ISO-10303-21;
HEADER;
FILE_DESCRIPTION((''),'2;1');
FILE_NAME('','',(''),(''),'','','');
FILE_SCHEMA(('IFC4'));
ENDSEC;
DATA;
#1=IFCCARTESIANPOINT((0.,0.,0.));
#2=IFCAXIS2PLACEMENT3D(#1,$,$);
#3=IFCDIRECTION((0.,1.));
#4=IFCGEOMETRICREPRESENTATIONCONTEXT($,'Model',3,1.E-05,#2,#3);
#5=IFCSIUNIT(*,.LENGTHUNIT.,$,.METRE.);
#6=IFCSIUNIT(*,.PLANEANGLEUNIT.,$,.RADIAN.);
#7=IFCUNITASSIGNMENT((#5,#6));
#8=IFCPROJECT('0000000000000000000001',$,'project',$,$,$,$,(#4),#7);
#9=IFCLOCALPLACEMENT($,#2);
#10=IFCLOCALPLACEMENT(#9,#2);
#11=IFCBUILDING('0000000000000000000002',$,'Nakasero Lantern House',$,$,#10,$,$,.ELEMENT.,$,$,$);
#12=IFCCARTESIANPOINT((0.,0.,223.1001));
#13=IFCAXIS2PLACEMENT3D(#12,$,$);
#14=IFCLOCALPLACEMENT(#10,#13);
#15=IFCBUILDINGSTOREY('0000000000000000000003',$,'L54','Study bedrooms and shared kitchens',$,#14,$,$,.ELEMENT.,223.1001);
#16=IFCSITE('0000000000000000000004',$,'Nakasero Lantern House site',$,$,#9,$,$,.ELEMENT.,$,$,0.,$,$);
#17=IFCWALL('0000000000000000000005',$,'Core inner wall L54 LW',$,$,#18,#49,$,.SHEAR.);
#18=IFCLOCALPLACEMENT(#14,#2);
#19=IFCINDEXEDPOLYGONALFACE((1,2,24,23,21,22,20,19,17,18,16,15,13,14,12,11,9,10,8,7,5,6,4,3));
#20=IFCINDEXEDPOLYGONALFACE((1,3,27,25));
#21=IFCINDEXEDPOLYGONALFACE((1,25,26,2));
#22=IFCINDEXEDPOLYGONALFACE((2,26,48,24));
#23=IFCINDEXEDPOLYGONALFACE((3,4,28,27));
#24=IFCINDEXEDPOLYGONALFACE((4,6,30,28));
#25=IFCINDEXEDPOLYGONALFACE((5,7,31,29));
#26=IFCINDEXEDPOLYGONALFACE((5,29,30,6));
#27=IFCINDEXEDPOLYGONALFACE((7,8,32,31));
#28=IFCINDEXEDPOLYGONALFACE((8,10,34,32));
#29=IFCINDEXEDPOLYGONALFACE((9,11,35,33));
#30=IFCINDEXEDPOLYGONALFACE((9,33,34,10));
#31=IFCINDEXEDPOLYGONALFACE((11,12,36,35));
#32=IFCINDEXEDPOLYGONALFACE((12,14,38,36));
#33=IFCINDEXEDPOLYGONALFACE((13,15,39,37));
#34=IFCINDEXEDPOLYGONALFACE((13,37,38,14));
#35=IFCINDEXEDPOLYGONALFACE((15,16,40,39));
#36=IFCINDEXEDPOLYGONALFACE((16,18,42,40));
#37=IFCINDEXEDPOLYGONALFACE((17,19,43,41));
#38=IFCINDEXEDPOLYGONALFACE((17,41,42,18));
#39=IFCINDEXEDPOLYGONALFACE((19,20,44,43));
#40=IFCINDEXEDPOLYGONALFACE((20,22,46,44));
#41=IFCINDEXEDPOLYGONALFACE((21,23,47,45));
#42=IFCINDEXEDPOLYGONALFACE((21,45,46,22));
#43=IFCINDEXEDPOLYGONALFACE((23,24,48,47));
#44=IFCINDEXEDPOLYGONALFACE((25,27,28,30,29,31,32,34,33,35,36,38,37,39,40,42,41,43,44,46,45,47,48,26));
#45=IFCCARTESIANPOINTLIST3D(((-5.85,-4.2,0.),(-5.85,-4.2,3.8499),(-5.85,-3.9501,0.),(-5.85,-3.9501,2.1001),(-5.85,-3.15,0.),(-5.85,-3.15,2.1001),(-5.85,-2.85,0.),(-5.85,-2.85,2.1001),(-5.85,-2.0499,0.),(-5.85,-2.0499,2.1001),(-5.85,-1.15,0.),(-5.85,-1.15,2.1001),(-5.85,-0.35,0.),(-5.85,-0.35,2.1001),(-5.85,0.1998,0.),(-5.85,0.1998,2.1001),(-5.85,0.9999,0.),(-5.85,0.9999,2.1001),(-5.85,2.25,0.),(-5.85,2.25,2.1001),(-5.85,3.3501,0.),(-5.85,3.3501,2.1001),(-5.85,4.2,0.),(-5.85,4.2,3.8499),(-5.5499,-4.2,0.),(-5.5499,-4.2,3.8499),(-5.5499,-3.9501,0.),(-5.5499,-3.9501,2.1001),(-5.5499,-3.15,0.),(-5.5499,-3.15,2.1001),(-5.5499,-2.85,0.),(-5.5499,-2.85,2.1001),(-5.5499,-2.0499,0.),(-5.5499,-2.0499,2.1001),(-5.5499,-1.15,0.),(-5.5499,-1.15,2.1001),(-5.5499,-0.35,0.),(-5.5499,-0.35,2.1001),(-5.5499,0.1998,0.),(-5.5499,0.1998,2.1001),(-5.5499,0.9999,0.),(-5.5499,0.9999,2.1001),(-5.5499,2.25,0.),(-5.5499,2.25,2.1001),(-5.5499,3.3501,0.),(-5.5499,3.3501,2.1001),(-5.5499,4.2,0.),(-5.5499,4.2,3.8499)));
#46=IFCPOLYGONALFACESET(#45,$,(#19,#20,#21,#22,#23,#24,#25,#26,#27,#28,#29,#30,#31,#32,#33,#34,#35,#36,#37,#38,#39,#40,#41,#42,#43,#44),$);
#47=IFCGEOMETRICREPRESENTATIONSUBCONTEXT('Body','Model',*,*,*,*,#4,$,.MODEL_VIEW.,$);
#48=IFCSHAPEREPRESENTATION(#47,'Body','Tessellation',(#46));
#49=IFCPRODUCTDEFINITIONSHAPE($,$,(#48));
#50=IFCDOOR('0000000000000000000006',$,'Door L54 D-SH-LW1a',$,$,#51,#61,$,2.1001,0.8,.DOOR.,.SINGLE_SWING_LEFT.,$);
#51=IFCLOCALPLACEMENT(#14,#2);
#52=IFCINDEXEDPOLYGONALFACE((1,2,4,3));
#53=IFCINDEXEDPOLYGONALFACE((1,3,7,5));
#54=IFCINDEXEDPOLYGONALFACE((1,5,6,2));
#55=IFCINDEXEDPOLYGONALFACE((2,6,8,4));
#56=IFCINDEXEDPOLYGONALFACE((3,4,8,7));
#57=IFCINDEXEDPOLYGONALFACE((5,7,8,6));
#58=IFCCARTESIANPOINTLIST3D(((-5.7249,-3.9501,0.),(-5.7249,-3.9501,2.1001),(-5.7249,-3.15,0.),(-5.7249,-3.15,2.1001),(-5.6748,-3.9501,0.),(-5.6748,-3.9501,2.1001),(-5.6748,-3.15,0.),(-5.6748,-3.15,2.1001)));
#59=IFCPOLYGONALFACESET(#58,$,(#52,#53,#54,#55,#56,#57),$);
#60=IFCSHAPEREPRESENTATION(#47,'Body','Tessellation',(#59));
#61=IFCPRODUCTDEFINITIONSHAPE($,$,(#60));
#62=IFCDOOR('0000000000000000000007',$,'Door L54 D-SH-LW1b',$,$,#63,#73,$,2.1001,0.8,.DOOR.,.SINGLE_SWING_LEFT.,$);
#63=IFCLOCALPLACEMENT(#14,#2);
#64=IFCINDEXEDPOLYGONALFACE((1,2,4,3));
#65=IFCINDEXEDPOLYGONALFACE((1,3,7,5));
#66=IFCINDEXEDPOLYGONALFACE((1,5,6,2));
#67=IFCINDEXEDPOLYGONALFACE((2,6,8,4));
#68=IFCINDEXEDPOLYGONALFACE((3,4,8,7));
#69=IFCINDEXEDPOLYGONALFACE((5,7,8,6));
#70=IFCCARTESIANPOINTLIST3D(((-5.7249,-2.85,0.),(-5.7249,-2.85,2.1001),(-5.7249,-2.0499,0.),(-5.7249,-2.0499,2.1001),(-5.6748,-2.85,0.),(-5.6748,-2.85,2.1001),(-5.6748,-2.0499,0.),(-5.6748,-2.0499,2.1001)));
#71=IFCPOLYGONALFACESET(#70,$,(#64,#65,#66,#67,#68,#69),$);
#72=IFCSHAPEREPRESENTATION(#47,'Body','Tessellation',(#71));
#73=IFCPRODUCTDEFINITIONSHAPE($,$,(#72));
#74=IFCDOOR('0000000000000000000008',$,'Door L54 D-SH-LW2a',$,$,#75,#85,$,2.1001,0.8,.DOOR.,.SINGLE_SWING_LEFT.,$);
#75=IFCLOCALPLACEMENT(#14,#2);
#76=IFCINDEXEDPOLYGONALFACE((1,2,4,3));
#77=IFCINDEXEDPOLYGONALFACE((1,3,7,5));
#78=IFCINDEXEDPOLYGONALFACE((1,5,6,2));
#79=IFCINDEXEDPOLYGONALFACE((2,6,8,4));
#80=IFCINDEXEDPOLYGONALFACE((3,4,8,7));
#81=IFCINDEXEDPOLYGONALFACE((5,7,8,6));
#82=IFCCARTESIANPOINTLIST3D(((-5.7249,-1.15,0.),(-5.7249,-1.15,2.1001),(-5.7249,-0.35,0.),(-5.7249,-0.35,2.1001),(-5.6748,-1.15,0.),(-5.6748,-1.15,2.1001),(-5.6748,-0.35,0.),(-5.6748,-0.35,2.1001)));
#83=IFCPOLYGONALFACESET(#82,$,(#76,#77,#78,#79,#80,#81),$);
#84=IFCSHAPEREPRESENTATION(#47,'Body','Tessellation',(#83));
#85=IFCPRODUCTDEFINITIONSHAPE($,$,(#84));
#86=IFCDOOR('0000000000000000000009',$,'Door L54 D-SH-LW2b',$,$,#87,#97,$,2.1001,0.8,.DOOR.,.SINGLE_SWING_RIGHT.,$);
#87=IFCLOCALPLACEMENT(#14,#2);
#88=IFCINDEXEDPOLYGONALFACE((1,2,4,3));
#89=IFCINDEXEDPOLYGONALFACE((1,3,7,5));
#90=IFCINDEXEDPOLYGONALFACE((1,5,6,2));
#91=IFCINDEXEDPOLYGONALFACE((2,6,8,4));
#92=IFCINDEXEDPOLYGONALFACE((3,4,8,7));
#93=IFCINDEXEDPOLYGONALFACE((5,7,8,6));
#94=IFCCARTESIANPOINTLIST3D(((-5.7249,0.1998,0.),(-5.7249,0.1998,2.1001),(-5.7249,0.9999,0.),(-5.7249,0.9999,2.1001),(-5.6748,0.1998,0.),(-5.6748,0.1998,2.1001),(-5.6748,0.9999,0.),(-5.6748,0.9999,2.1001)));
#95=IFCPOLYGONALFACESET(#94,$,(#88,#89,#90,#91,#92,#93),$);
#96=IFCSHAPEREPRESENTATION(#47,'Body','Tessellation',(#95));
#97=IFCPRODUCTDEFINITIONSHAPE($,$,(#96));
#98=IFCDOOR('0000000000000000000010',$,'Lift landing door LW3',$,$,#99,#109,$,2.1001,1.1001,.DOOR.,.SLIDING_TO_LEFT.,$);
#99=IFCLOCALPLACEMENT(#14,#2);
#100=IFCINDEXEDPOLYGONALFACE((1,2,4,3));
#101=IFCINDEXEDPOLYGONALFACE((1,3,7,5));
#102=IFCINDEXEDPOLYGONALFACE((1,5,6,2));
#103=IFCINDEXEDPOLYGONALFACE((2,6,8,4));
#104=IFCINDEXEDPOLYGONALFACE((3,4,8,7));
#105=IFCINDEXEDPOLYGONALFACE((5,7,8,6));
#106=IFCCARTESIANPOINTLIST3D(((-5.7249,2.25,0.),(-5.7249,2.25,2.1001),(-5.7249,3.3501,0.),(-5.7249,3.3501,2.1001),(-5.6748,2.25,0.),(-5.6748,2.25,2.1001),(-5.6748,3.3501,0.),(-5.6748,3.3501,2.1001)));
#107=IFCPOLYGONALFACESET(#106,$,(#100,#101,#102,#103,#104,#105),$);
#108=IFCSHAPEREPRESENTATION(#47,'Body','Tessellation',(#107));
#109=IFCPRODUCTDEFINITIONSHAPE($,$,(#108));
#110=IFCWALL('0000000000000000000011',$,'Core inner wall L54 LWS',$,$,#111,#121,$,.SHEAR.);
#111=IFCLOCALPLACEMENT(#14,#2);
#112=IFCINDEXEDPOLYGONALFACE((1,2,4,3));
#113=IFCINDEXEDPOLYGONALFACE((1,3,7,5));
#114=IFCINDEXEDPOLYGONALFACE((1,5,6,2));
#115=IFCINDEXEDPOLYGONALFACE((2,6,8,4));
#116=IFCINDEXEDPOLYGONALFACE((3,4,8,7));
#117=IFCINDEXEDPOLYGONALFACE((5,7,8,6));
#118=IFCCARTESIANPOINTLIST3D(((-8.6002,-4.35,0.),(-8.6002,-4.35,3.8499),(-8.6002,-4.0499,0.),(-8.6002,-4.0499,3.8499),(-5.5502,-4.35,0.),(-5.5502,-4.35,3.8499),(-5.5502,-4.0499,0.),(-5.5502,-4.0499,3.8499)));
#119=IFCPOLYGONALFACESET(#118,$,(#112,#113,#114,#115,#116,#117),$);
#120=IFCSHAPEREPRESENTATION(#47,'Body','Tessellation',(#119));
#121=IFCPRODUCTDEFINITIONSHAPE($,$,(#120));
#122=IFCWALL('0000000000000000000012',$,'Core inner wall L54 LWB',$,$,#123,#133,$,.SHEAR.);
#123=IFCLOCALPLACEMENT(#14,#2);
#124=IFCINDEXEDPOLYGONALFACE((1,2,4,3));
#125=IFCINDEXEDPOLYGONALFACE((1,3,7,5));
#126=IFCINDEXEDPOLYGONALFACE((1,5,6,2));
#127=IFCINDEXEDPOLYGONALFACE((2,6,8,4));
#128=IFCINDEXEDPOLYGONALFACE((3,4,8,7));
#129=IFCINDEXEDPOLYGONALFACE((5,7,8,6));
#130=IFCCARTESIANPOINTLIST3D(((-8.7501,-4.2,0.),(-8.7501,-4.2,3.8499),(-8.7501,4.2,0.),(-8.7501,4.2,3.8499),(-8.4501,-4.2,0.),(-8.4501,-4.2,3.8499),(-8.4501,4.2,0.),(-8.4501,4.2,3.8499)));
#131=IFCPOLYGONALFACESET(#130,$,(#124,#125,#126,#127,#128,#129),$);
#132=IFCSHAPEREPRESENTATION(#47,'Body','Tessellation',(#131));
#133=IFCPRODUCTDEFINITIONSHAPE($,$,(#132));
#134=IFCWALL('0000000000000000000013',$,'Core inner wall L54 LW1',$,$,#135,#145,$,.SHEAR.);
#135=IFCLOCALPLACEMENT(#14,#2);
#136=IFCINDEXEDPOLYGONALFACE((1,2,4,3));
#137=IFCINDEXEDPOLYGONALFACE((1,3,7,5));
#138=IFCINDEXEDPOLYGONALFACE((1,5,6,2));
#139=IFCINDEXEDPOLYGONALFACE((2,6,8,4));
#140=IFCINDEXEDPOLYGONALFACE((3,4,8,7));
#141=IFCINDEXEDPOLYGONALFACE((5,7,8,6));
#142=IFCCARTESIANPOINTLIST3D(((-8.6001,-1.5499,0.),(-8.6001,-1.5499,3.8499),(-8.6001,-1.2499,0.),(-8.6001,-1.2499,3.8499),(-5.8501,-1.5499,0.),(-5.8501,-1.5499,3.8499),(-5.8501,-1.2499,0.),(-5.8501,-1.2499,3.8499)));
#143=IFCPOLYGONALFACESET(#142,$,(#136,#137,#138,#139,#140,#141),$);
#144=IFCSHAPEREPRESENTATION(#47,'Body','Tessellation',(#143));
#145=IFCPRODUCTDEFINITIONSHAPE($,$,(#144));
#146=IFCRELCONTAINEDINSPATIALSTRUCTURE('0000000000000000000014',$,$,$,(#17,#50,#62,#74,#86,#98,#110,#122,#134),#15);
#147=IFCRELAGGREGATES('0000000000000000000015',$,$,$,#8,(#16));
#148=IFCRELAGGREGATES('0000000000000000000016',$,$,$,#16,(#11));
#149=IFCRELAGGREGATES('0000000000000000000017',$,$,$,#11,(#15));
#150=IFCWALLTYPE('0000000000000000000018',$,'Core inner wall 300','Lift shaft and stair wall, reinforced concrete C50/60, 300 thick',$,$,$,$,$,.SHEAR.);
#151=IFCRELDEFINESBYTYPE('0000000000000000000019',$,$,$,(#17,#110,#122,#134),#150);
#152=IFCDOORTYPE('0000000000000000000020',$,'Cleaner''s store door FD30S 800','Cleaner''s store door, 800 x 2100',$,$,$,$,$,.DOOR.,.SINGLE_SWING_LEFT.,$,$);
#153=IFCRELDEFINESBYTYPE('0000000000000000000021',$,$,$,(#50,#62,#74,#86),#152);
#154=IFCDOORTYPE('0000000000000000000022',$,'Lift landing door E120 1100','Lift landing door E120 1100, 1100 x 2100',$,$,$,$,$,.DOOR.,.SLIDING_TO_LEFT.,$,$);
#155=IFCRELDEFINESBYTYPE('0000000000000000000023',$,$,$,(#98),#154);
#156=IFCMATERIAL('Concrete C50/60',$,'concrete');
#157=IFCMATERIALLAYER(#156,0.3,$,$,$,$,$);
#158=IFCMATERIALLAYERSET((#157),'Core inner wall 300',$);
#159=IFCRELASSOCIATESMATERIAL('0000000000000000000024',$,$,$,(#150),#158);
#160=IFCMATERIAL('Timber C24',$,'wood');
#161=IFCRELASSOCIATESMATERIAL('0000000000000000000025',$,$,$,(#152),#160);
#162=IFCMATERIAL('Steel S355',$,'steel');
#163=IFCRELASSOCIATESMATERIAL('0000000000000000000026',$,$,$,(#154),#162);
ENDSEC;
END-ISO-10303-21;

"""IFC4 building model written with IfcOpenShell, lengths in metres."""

from ifc_helpers import new_model, si_unit, direction, frame, frame_2d, origin, place, context, subcontext, project, spatial, rectangle, extrude, material, layer, layer_set, type_object, element, fill, save


model = new_model("IFC4")

# Units and contexts
model_context = context("Model", 3, precision=1e-05, world=origin(), true_north=direction((0.0, 1.0)))
body_context = subcontext(model_context, "Body", "Model", "MODEL_VIEW")
ifc_project = project(units=[si_unit("LENGTHUNIT", "METRE"), si_unit("PLANEANGLEUNIT", "RADIAN")], contexts=[model_context])

# Site, building, storey
site_placement = place(None, origin())
site = spatial("IfcSite", under=ifc_project, at=site_placement, Name="Nakasero Lantern House site", CompositionType="ELEMENT", RefElevation=0.0)
building_placement = place(site_placement, origin())
building = spatial("IfcBuilding", under=site, at=building_placement, Name="Nakasero Lantern House", CompositionType="ELEMENT")
storey_placement = place(building_placement, frame((0.0, 0.0, 223.1001)))
storey = spatial("IfcBuildingStorey", under=building, at=storey_placement, Name="L54", Description="Study bedrooms and shared kitchens", CompositionType="ELEMENT", Elevation=223.1001)

# Wall, openings, doors
ifc_material_1 = material(Name="Concrete C50/60", Category="concrete")
ifc_layer_1 = layer(ifc_material_1, 0.3)
ifc_layer_set_1 = layer_set([ifc_layer_1], Name="Core inner wall 300")
wall_type_1 = type_object("IfcWallType", Name="Core inner wall 300", Description="Lift shaft and stair wall, reinforced concrete C50/60, 300 thick", PredefinedType="SHEAR", material=ifc_layer_set_1)
wall_1_placement = place(storey_placement, frame((-5.7, -4.2, 0.0), z_axis=(0.0, 0.0, 1.0), x_axis=(0.0, 1.0, 0.0)))
wall_1 = element("IfcWall", 1, at=wall_1_placement, inside=storey, type_object=wall_type_1, Name="Core inner wall L54 LW", PredefinedType="SHEAR", context=body_context, shape_type="SweptSolid", body=[
    extrude(rectangle(XDim=8.3999, YDim=0.3, at=frame_2d((4.2, 0.0))), origin(), (0.0, 0.0, 1.0), 3.8499),
])
opening_1_placement = place(wall_1_placement, frame((0.25, 0.0, 0.0)))
opening_1 = element("IfcOpeningElement", 2, at=opening_1_placement, cuts=wall_1, PredefinedType="OPENING", context=body_context, shape_type="SweptSolid", body=[
    extrude(rectangle(XDim=0.8, YDim=2.1001, at=frame_2d((0.3999, 1.05))), frame((0.0, 0.1699, 0.0), z_axis=(0.0, -1.0, 0.0), x_axis=(1.0, 0.0, 0.0)), (0.0, 0.0, 1.0), 0.3401),
])
opening_2_placement = place(wall_1_placement, frame((1.3501, 0.0, 0.0)))
opening_2 = element("IfcOpeningElement", 3, at=opening_2_placement, cuts=wall_1, PredefinedType="OPENING", context=body_context, shape_type="SweptSolid", body=[
    extrude(rectangle(XDim=0.8, YDim=2.1001, at=frame_2d((0.3999, 1.05))), frame((0.0, 0.1699, 0.0), z_axis=(0.0, -1.0, 0.0), x_axis=(1.0, 0.0, 0.0)), (0.0, 0.0, 1.0), 0.3401),
])
opening_3_placement = place(wall_1_placement, frame((3.05, 0.0, 0.0)))
opening_3 = element("IfcOpeningElement", 4, at=opening_3_placement, cuts=wall_1, PredefinedType="OPENING", context=body_context, shape_type="SweptSolid", body=[
    extrude(rectangle(XDim=0.8, YDim=2.1001, at=frame_2d((0.3999, 1.05))), frame((0.0, 0.1699, 0.0), z_axis=(0.0, -1.0, 0.0), x_axis=(1.0, 0.0, 0.0)), (0.0, 0.0, 1.0), 0.3401),
])
opening_4_placement = place(wall_1_placement, frame((4.3999, 0.0, 0.0)))
opening_4 = element("IfcOpeningElement", 5, at=opening_4_placement, cuts=wall_1, PredefinedType="OPENING", context=body_context, shape_type="SweptSolid", body=[
    extrude(rectangle(XDim=0.8, YDim=2.1001, at=frame_2d((0.3999, 1.05))), frame((0.0, 0.1699, 0.0), z_axis=(0.0, -1.0, 0.0), x_axis=(1.0, 0.0, 0.0)), (0.0, 0.0, 1.0), 0.3401),
])
opening_5_placement = place(wall_1_placement, frame((6.45, 0.0, 0.0)))
opening_5 = element("IfcOpeningElement", 6, at=opening_5_placement, cuts=wall_1, PredefinedType="OPENING", context=body_context, shape_type="SweptSolid", body=[
    extrude(rectangle(XDim=1.1001, YDim=2.1001, at=frame_2d((0.55, 1.05))), frame((0.0, 0.1699, 0.0), z_axis=(0.0, -1.0, 0.0), x_axis=(1.0, 0.0, 0.0)), (0.0, 0.0, 1.0), 0.3401),
])
ifc_material_2 = material(Name="Timber C24", Category="wood")
door_type_1 = type_object("IfcDoorType", Name="Cleaner's store door FD30S 800", Description="Cleaner's store door, 800 x 2100", OperationType="SINGLE_SWING_LEFT", PredefinedType="DOOR", material=ifc_material_2)
door_1_placement = place(opening_1_placement, origin())
door_1 = element("IfcDoor", 7, at=door_1_placement, inside=storey, type_object=door_type_1, Name="Door L54 D-SH-LW1a", OperationType="SINGLE_SWING_LEFT", OverallHeight=2.1001, OverallWidth=0.8, PredefinedType="DOOR", context=body_context, shape_type="SweptSolid", body=[
    extrude(rectangle(XDim=0.8, YDim=2.1001, at=frame_2d((0.3999, 1.05))), frame((0.0, 0.0249, 0.0), z_axis=(0.0, -1.0, 0.0), x_axis=(1.0, 0.0, 0.0)), (0.0, 0.0, 1.0), 0.05),
])
fill(opening_1, door_1)
door_2_placement = place(opening_2_placement, origin())
door_2 = element("IfcDoor", 8, at=door_2_placement, inside=storey, type_object=door_type_1, Name="Door L54 D-SH-LW1b", OperationType="SINGLE_SWING_LEFT", OverallHeight=2.1001, OverallWidth=0.8, PredefinedType="DOOR", context=body_context, shape_type="SweptSolid", body=[
    extrude(rectangle(XDim=0.8, YDim=2.1001, at=frame_2d((0.3999, 1.05))), frame((0.0, 0.0249, 0.0), z_axis=(0.0, -1.0, 0.0), x_axis=(1.0, 0.0, 0.0)), (0.0, 0.0, 1.0), 0.05),
])
fill(opening_2, door_2)
door_3_placement = place(opening_3_placement, origin())
door_3 = element("IfcDoor", 9, at=door_3_placement, inside=storey, type_object=door_type_1, Name="Door L54 D-SH-LW2a", OperationType="SINGLE_SWING_LEFT", OverallHeight=2.1001, OverallWidth=0.8, PredefinedType="DOOR", context=body_context, shape_type="SweptSolid", body=[
    extrude(rectangle(XDim=0.8, YDim=2.1001, at=frame_2d((0.3999, 1.05))), frame((0.0, 0.0249, 0.0), z_axis=(0.0, -1.0, 0.0), x_axis=(1.0, 0.0, 0.0)), (0.0, 0.0, 1.0), 0.05),
])
fill(opening_3, door_3)
door_4_placement = place(opening_4_placement, origin())
door_4 = element("IfcDoor", 10, at=door_4_placement, inside=storey, type_object=door_type_1, Name="Door L54 D-SH-LW2b", OperationType="SINGLE_SWING_RIGHT", OverallHeight=2.1001, OverallWidth=0.8, PredefinedType="DOOR", context=body_context, shape_type="SweptSolid", body=[
    extrude(rectangle(XDim=0.8, YDim=2.1001, at=frame_2d((0.3999, 1.05))), frame((0.0, 0.0249, 0.0), z_axis=(0.0, -1.0, 0.0), x_axis=(1.0, 0.0, 0.0)), (0.0, 0.0, 1.0), 0.05),
])
fill(opening_4, door_4)
ifc_material_3 = material(Name="Steel S355", Category="steel")
door_type_2 = type_object("IfcDoorType", Name="Lift landing door E120 1100", Description="Lift landing door E120 1100, 1100 x 2100", OperationType="SLIDING_TO_LEFT", PredefinedType="DOOR", material=ifc_material_3)
door_5_placement = place(opening_5_placement, origin())
door_5 = element("IfcDoor", 11, at=door_5_placement, inside=storey, type_object=door_type_2, Name="Lift landing door LW3", OperationType="SLIDING_TO_LEFT", OverallHeight=2.1001, OverallWidth=1.1001, PredefinedType="DOOR", context=body_context, shape_type="SweptSolid", body=[
    extrude(rectangle(XDim=1.1001, YDim=2.1001, at=frame_2d((0.55, 1.05))), frame((0.0, 0.0249, 0.0), z_axis=(0.0, -1.0, 0.0), x_axis=(1.0, 0.0, 0.0)), (0.0, 0.0, 1.0), 0.05),
])
fill(opening_5, door_5)

# Walls
wall_2_placement = place(storey_placement, frame((-8.6001, -4.2, 0.0), z_axis=(0.0, 0.0, 1.0), x_axis=(1.0, 0.0, 0.0)))
element("IfcWall", 12, at=wall_2_placement, inside=storey, type_object=wall_type_1, Name="Core inner wall L54 LWS", PredefinedType="SHEAR", context=body_context, shape_type="SweptSolid", body=[
    extrude(rectangle(XDim=3.05, YDim=0.3, at=frame_2d((1.5249, 0.0))), origin(), (0.0, 0.0, 1.0), 3.8499),
])
wall_3_placement = place(storey_placement, frame((-8.6001, -4.2, 0.0), z_axis=(0.0, 0.0, 1.0), x_axis=(0.0, 1.0, 0.0)))
element("IfcWall", 13, at=wall_3_placement, inside=storey, type_object=wall_type_1, Name="Core inner wall L54 LWB", PredefinedType="SHEAR", context=body_context, shape_type="SweptSolid", body=[
    extrude(rectangle(XDim=8.3999, YDim=0.3, at=frame_2d((4.2, 0.0))), origin(), (0.0, 0.0, 1.0), 3.8499),
])
wall_4_placement = place(storey_placement, frame((-8.6001, -1.3999, 0.0), z_axis=(0.0, 0.0, 1.0), x_axis=(1.0, 0.0, 0.0)))
element("IfcWall", 14, at=wall_4_placement, inside=storey, type_object=wall_type_1, Name="Core inner wall L54 LW1", PredefinedType="SHEAR", context=body_context, shape_type="SweptSolid", body=[
    extrude(rectangle(XDim=2.75, YDim=0.3, at=frame_2d((1.375, 0.0))), origin(), (0.0, 0.0, 1.0), 3.8499),
])

save(model, "model.ifc")
